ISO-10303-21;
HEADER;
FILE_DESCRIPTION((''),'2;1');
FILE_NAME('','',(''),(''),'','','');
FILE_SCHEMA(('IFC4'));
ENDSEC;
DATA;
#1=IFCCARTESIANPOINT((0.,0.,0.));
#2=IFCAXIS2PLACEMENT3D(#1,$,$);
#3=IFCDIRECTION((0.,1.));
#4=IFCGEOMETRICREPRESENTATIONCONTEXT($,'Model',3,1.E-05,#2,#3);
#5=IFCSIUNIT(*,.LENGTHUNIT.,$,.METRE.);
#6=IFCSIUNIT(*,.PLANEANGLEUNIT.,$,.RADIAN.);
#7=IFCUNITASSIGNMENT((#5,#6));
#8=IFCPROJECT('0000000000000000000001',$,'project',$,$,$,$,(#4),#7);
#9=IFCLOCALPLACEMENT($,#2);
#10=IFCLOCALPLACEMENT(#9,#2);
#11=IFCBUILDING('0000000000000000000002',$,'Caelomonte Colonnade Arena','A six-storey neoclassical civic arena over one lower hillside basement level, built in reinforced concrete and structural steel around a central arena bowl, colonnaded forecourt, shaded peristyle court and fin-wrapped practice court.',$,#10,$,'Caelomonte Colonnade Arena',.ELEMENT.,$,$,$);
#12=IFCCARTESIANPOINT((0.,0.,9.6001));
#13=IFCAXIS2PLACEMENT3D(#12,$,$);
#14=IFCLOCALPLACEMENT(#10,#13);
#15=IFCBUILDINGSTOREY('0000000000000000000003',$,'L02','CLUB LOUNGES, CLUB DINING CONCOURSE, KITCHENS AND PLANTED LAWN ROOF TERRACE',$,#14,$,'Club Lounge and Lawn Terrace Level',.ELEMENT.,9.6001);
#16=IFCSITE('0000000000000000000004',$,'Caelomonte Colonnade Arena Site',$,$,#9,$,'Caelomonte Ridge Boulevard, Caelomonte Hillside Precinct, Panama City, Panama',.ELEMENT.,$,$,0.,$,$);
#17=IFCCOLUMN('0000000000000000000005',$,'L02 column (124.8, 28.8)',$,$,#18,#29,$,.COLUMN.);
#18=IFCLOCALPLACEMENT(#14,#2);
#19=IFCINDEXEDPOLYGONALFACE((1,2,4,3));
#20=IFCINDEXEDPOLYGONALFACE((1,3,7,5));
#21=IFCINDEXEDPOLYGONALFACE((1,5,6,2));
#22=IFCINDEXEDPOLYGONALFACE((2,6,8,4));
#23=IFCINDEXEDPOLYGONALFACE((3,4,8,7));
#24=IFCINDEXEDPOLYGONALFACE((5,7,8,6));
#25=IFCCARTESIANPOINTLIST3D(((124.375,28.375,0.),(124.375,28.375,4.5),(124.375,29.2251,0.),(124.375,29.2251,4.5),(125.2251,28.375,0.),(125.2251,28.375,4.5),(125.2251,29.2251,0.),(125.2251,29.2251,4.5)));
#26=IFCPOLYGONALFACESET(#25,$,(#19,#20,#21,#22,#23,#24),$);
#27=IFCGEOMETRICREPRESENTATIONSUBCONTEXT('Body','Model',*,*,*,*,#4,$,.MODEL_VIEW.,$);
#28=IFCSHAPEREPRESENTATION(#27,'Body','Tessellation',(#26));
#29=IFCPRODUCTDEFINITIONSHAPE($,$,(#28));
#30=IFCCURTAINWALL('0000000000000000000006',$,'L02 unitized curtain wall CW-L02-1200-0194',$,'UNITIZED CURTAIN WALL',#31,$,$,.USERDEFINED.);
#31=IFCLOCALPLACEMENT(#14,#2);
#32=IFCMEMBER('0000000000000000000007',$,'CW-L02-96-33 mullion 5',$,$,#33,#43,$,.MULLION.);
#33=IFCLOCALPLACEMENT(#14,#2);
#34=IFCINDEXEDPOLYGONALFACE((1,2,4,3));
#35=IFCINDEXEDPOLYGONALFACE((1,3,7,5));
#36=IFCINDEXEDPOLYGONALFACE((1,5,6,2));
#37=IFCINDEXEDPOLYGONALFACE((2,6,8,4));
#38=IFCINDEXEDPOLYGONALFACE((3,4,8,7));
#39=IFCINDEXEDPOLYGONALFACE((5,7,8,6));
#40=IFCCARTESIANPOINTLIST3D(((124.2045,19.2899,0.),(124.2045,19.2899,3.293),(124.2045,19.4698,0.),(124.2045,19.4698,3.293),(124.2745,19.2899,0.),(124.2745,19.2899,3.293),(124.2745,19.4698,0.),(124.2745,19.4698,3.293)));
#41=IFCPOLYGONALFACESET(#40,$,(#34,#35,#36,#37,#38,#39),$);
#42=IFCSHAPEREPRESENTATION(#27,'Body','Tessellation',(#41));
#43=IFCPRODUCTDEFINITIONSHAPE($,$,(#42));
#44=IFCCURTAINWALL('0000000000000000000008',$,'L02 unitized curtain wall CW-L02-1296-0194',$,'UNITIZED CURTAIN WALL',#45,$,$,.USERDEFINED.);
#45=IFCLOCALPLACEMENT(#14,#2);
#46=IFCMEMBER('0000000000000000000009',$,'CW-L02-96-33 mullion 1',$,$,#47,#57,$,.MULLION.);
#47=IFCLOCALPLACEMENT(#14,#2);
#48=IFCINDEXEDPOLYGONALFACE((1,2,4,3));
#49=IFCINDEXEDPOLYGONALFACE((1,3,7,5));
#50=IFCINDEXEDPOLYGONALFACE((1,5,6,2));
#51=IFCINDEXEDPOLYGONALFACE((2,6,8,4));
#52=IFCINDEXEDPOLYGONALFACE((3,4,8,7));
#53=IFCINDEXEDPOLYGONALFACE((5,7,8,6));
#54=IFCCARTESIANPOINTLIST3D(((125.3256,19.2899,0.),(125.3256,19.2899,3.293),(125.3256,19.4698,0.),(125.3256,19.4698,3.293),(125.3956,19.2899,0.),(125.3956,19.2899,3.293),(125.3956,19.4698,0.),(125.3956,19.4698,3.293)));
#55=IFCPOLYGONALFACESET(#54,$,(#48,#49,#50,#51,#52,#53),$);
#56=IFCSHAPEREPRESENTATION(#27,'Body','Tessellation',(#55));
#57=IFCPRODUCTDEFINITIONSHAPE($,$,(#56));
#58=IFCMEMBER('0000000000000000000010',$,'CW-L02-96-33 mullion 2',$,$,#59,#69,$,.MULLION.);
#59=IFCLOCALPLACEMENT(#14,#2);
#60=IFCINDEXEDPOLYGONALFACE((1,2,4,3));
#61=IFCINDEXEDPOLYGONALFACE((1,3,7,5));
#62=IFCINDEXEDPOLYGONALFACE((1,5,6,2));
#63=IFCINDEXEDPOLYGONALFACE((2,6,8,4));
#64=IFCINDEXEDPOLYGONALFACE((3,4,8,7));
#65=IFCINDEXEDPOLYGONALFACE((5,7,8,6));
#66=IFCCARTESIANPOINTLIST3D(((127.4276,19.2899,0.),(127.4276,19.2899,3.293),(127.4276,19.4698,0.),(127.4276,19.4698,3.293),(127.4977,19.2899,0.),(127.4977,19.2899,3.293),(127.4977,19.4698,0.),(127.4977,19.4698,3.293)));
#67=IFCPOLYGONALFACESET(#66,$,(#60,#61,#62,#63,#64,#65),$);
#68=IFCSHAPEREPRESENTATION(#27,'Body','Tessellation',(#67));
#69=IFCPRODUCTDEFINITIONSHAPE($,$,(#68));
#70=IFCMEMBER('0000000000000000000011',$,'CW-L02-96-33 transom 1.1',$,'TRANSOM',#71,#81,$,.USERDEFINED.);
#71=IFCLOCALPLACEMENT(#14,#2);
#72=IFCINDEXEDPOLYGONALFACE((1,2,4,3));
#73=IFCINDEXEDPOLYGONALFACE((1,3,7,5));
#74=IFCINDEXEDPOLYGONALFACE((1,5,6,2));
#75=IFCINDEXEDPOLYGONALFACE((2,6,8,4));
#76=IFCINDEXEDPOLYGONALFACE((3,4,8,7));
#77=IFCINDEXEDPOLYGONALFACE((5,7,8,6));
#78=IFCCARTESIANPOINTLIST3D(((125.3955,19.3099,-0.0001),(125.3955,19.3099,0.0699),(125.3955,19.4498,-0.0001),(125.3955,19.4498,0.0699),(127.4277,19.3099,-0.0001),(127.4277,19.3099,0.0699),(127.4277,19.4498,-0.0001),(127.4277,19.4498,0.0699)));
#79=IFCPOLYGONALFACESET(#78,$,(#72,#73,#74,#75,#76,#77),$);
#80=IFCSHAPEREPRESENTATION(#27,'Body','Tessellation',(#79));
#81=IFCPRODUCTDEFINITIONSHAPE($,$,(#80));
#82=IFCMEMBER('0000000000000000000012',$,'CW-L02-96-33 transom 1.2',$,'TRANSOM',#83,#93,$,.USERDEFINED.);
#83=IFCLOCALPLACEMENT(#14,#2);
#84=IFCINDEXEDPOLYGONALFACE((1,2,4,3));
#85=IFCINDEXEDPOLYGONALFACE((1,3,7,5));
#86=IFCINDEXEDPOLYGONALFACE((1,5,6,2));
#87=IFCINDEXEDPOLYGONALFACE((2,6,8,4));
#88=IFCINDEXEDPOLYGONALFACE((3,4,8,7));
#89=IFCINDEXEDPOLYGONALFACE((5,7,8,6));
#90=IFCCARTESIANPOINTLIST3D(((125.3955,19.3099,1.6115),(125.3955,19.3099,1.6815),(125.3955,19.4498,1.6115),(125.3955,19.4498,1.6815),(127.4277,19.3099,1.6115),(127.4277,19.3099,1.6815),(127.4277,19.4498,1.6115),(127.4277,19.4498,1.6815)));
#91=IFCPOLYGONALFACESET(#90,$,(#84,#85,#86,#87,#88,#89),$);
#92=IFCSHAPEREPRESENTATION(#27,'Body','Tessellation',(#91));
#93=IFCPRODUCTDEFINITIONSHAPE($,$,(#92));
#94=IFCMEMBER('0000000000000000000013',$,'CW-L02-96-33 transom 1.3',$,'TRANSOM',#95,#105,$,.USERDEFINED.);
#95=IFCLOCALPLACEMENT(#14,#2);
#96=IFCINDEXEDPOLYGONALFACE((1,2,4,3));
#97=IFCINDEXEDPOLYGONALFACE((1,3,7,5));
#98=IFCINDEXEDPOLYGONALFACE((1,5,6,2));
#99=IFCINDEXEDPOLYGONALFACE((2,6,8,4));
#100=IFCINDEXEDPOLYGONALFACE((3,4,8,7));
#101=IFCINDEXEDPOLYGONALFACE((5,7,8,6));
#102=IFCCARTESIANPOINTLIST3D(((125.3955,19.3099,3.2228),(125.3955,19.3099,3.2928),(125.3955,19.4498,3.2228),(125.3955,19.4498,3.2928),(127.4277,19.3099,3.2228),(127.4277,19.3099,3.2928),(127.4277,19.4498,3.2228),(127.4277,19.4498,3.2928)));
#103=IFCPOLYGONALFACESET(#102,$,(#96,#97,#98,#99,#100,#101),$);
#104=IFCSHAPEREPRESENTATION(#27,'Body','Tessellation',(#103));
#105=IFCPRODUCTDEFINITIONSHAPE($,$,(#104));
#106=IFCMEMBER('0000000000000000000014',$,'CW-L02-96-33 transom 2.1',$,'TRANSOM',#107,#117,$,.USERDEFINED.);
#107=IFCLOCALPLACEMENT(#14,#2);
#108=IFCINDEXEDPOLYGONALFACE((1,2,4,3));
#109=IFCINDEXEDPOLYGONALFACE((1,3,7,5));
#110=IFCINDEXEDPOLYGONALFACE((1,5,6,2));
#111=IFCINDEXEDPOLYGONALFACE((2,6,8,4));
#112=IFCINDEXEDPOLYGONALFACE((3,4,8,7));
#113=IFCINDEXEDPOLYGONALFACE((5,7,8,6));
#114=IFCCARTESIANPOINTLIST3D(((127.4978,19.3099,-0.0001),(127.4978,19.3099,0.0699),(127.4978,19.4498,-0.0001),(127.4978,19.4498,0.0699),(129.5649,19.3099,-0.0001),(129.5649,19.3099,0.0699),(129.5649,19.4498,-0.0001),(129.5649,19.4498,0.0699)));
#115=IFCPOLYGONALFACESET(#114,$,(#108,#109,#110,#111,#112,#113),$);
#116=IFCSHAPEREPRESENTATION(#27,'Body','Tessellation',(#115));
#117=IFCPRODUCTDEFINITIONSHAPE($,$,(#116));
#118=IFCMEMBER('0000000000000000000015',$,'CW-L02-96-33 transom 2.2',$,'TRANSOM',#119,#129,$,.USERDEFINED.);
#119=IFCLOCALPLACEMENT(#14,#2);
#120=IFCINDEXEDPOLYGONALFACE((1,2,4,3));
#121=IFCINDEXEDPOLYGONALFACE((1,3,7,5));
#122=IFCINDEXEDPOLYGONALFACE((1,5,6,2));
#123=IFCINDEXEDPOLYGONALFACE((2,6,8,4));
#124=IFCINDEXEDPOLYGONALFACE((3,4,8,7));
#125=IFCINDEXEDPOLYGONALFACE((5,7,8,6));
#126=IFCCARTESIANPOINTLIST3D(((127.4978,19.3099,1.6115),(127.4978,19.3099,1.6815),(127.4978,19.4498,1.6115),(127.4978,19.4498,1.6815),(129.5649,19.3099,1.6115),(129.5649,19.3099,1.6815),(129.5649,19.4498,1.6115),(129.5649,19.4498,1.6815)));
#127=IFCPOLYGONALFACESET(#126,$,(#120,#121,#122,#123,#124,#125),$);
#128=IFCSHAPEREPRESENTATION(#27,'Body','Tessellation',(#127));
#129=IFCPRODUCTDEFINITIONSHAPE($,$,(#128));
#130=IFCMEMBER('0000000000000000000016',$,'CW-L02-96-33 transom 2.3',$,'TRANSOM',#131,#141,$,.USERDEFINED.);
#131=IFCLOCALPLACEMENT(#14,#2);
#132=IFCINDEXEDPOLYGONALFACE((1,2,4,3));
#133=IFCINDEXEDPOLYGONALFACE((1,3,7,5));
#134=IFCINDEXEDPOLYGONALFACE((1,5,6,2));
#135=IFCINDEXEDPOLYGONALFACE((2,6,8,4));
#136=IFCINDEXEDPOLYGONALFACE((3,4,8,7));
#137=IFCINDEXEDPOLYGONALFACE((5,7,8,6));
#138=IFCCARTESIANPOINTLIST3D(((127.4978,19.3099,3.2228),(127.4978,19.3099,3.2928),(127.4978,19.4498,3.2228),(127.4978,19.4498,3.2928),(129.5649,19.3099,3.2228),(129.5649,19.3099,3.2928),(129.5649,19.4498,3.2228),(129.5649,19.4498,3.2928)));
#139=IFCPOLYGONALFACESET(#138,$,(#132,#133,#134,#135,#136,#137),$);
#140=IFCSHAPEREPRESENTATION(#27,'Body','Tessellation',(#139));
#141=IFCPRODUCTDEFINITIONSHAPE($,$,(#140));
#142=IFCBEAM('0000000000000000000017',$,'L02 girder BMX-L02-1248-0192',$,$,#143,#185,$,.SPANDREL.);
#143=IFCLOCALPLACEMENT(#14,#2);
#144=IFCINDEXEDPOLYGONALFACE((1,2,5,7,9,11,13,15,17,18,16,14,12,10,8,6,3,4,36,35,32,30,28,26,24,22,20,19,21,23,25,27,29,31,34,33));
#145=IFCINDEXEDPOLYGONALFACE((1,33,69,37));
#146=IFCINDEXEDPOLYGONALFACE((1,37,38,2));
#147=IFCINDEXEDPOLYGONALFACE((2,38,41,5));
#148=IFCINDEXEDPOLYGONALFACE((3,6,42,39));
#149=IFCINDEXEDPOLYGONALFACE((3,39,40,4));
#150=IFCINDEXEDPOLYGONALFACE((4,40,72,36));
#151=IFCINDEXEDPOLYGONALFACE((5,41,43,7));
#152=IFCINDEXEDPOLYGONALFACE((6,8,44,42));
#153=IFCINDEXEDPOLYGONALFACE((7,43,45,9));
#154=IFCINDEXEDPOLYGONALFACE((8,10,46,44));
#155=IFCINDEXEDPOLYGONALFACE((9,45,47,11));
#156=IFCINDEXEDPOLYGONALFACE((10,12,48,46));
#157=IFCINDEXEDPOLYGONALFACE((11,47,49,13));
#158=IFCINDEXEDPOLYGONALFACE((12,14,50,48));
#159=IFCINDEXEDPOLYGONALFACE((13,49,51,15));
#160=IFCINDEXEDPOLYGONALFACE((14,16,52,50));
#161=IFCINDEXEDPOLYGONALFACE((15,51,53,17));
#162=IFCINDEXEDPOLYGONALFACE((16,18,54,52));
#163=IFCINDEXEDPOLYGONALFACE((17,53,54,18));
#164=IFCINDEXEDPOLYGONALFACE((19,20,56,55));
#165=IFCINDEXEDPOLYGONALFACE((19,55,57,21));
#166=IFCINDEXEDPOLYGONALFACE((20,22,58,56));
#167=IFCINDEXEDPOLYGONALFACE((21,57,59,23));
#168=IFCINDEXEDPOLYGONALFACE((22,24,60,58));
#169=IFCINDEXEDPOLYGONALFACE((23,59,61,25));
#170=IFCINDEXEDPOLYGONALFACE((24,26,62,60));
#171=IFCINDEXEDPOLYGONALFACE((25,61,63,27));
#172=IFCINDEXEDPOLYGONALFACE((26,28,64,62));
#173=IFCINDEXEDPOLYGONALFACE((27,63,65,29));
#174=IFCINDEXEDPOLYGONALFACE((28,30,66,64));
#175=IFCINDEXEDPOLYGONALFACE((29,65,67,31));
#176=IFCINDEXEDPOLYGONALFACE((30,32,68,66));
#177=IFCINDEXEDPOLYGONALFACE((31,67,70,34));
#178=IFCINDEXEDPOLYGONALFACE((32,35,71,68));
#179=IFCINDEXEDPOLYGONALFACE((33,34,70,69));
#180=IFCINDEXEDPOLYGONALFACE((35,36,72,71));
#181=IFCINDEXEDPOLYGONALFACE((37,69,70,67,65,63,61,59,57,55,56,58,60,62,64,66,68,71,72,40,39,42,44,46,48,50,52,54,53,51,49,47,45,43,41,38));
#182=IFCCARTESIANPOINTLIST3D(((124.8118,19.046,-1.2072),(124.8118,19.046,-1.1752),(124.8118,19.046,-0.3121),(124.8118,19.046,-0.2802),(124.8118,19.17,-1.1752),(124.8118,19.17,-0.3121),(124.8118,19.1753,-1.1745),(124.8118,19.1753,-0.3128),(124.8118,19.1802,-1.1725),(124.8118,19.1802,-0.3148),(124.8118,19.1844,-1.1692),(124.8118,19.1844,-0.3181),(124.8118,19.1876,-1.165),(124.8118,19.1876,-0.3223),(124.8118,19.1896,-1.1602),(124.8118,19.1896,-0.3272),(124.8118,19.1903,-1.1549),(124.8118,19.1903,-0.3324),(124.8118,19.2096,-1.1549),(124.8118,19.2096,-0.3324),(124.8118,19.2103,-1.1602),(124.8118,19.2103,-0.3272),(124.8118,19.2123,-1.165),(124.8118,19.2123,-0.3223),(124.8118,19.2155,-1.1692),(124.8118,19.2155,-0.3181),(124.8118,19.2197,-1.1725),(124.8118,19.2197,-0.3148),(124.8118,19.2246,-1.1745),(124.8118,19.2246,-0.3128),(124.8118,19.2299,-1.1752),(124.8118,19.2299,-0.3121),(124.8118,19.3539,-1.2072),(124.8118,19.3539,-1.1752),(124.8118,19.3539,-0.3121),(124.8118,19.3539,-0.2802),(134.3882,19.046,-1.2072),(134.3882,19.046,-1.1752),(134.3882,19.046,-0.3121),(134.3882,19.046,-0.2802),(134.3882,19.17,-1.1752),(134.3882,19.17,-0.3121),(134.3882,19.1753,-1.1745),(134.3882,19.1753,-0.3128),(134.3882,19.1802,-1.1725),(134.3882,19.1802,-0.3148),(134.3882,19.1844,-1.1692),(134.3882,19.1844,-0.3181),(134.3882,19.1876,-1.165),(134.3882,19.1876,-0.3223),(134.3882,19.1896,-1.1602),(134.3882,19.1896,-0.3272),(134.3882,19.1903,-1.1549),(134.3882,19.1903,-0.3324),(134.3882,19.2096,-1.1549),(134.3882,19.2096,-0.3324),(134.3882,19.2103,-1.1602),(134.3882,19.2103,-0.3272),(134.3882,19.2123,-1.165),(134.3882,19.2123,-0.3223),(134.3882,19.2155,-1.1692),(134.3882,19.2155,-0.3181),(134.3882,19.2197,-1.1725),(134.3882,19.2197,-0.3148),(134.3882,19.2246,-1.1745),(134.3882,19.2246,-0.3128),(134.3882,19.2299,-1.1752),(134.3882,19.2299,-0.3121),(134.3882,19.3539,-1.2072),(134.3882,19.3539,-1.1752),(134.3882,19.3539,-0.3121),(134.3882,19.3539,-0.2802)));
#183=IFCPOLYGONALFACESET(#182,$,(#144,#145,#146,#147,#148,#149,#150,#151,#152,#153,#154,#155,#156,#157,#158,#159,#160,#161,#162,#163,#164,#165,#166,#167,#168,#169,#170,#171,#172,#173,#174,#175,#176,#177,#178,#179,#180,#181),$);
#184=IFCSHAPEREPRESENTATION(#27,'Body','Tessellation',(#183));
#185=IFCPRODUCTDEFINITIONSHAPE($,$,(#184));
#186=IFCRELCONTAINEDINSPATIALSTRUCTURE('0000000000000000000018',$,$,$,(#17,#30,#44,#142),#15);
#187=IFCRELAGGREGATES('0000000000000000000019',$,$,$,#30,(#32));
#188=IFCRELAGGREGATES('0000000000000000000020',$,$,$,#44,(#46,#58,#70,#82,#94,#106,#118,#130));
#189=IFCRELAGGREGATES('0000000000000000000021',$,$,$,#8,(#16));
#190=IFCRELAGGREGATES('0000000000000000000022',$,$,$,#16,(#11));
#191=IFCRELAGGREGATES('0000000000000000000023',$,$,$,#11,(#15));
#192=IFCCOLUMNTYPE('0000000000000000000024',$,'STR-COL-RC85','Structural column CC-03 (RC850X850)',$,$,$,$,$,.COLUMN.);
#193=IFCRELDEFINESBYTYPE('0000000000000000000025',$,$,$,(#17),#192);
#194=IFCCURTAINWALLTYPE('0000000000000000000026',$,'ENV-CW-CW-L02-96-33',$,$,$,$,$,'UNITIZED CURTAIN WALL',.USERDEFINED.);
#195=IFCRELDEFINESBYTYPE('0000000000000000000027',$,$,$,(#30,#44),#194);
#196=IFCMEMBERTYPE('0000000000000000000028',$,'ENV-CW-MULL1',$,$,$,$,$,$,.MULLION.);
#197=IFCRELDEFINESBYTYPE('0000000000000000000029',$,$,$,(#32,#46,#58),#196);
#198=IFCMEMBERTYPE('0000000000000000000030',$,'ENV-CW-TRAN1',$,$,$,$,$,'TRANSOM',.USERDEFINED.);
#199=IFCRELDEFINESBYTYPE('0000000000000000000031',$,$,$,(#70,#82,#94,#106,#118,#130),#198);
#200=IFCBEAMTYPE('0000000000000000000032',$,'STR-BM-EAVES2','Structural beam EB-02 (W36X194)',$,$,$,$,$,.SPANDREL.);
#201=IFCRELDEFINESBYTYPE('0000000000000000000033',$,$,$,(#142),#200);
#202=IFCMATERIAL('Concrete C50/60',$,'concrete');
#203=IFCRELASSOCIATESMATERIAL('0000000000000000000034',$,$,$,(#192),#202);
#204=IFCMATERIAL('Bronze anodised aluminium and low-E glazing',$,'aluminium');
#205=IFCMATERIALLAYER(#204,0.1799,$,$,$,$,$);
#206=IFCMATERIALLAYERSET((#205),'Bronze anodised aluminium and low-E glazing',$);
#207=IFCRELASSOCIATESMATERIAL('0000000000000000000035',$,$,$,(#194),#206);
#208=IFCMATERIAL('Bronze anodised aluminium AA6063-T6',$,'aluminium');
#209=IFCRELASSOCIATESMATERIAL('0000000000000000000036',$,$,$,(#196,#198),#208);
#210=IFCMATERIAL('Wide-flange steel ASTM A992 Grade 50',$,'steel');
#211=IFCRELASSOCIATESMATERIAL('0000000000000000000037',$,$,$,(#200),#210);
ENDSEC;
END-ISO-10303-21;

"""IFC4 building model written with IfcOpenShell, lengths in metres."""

from ifc_helpers import new_model, si_unit, direction, frame, origin, origin_2d, place, context, subcontext, project, spatial, rectangle, i_section, extrude, material, layer, layer_set, material_profile, profile_set, type_object, element, aggregate, save


model = new_model("IFC4")

# Units and contexts
model_context = context("Model", 3, precision=1e-05, world=origin(), true_north=direction((0.0, 1.0)))
body_context = subcontext(model_context, "Body", "Model", "MODEL_VIEW")
ifc_project = project(units=[si_unit("LENGTHUNIT", "METRE"), si_unit("PLANEANGLEUNIT", "RADIAN")], contexts=[model_context])

# Site, building, storey
site_placement = place(None, origin())
site = spatial("IfcSite", under=ifc_project, at=site_placement, Name="Caelomonte Colonnade Arena Site", LongName="Caelomonte Ridge Boulevard, Caelomonte Hillside Precinct, Panama City, Panama", CompositionType="ELEMENT", RefElevation=0.0)
building_placement = place(site_placement, origin())
building = spatial("IfcBuilding", under=site, at=building_placement, Name="Caelomonte Colonnade Arena", Description="A six-storey neoclassical civic arena over one lower hillside basement level, built in reinforced concrete and structural steel around a central arena bowl, colonnaded forecourt, shaded peristyle court and fin-wrapped practice court.", LongName="Caelomonte Colonnade Arena", CompositionType="ELEMENT")
storey_placement = place(building_placement, frame((0.0, 0.0, 9.6001)))
storey = spatial("IfcBuildingStorey", under=building, at=storey_placement, Name="L02", Description="CLUB LOUNGES, CLUB DINING CONCOURSE, KITCHENS AND PLANTED LAWN ROOF TERRACE", LongName="Club Lounge and Lawn Terrace Level", CompositionType="ELEMENT", Elevation=9.6001)

# Column
ifc_material_1 = material(Name="Concrete C50/60", Category="concrete")
ifc_material_profile_1 = material_profile(ifc_material_1, rectangle(XDim=0.8501, YDim=0.8501, at=origin_2d()), Name="RC850X850")
ifc_profile_set_1 = profile_set([ifc_material_profile_1], Name="Concrete C50/60")
column_type = type_object("IfcColumnType", Name="STR-COL-RC85", Description="Structural column CC-03 (RC850X850)", PredefinedType="COLUMN", material=ifc_profile_set_1)
column_placement = place(storey_placement, frame((124.8, 28.8, 0.0), z_axis=(0.0, 0.0, 1.0), x_axis=(1.0, 0.0, 0.0)))
element("IfcColumn", 1, at=column_placement, inside=storey, type_object=column_type, Name="L02 column (124.8, 28.8)", PredefinedType="COLUMN", context=body_context, shape_type="SweptSolid", body=[
    extrude(rectangle(XDim=0.8501, YDim=0.8501, at=origin_2d()), origin(), (0.0, 0.0, 1.0), 4.5),
])

# Curtain wall, member
ifc_material_2 = material(Name="Bronze anodised aluminium and low-E glazing", Category="aluminium")
ifc_layer_1 = layer(ifc_material_2, 0.1799)
ifc_layer_set_1 = layer_set([ifc_layer_1], Name="Bronze anodised aluminium and low-E glazing")
curtain_wall_type = type_object("IfcCurtainWallType", Name="ENV-CW-CW-L02-96-33", ElementType="UNITIZED CURTAIN WALL", PredefinedType="USERDEFINED", material=ifc_layer_set_1)
curtain_wall_1_placement = place(storey_placement, origin())
curtain_wall_1 = element("IfcCurtainWall", 2, at=curtain_wall_1_placement, inside=storey, type_object=curtain_wall_type, Name="L02 unitized curtain wall CW-L02-1200-0194", ObjectType="UNITIZED CURTAIN WALL", PredefinedType="USERDEFINED")
ifc_material_3 = material(Name="Bronze anodised aluminium AA6063-T6", Category="aluminium")
ifc_material_profile_2 = material_profile(ifc_material_3, rectangle(XDim=0.0701, YDim=0.1799, at=origin_2d()), Name="CWM-70X180")
ifc_profile_set_2 = profile_set([ifc_material_profile_2], Name="Bronze anodised aluminium AA6063-T6")
member_type_1 = type_object("IfcMemberType", Name="ENV-CW-MULL1", PredefinedType="MULLION", material=ifc_profile_set_2)
member_1_placement = place(storey_placement, frame((124.2395, 19.3799, 0.0), z_axis=(0.0, 0.0, 1.0), x_axis=(1.0, 0.0, 0.0)))
member_1 = element("IfcMember", 3, at=member_1_placement, type_object=member_type_1, Name="CW-L02-96-33 mullion 5", PredefinedType="MULLION", context=body_context, shape_type="SweptSolid", body=[
    extrude(rectangle(XDim=0.0701, YDim=0.1799, at=origin_2d()), origin(), (0.0, 0.0, 1.0), 3.293),
])

# Curtain wall, members
curtain_wall_2_placement = place(storey_placement, origin())
curtain_wall_2 = element("IfcCurtainWall", 4, at=curtain_wall_2_placement, inside=storey, type_object=curtain_wall_type, Name="L02 unitized curtain wall CW-L02-1296-0194", ObjectType="UNITIZED CURTAIN WALL", PredefinedType="USERDEFINED")
member_2_placement = place(storey_placement, frame((125.3606, 19.3799, 0.0), z_axis=(0.0, 0.0, 1.0), x_axis=(1.0, 0.0, 0.0)))
member_2 = element("IfcMember", 5, at=member_2_placement, type_object=member_type_1, Name="CW-L02-96-33 mullion 1", PredefinedType="MULLION", context=body_context, shape_type="SweptSolid", body=[
    extrude(rectangle(XDim=0.0701, YDim=0.1799, at=origin_2d()), origin(), (0.0, 0.0, 1.0), 3.293),
])
member_3_placement = place(storey_placement, frame((127.4626, 19.3799, 0.0), z_axis=(0.0, 0.0, 1.0), x_axis=(1.0, 0.0, 0.0)))
member_3 = element("IfcMember", 6, at=member_3_placement, type_object=member_type_1, Name="CW-L02-96-33 mullion 2", PredefinedType="MULLION", context=body_context, shape_type="SweptSolid", body=[
    extrude(rectangle(XDim=0.0701, YDim=0.1799, at=origin_2d()), origin(), (0.0, 0.0, 1.0), 3.293),
])
ifc_material_profile_3 = material_profile(ifc_material_3, rectangle(XDim=0.0701, YDim=0.1399, at=origin_2d()), Name="CWT-70X140")
ifc_profile_set_3 = profile_set([ifc_material_profile_3], Name="Bronze anodised aluminium AA6063-T6")
member_type_2 = type_object("IfcMemberType", Name="ENV-CW-TRAN1", ElementType="TRANSOM", PredefinedType="USERDEFINED", material=ifc_profile_set_3)
member_4_placement = place(storey_placement, frame((125.3955, 19.3799, 0.0349), z_axis=(1.0, 0.0, 0.0), x_axis=(0.0, 0.0, 1.0)))
member_4 = element("IfcMember", 7, at=member_4_placement, type_object=member_type_2, Name="CW-L02-96-33 transom 1.1", ObjectType="TRANSOM", PredefinedType="USERDEFINED", context=body_context, shape_type="SweptSolid", body=[
    extrude(rectangle(XDim=0.0701, YDim=0.1399, at=origin_2d()), origin(), (0.0, 0.0, 1.0), 2.0322),
])
member_5_placement = place(storey_placement, frame((125.3955, 19.3799, 1.6465), z_axis=(1.0, 0.0, 0.0), x_axis=(0.0, 0.0, 1.0)))
member_5 = element("IfcMember", 8, at=member_5_placement, type_object=member_type_2, Name="CW-L02-96-33 transom 1.2", ObjectType="TRANSOM", PredefinedType="USERDEFINED", context=body_context, shape_type="SweptSolid", body=[
    extrude(rectangle(XDim=0.0701, YDim=0.1399, at=origin_2d()), origin(), (0.0, 0.0, 1.0), 2.0322),
])
member_6_placement = place(storey_placement, frame((125.3955, 19.3799, 3.2578), z_axis=(1.0, 0.0, 0.0), x_axis=(0.0, 0.0, 1.0)))
member_6 = element("IfcMember", 9, at=member_6_placement, type_object=member_type_2, Name="CW-L02-96-33 transom 1.3", ObjectType="TRANSOM", PredefinedType="USERDEFINED", context=body_context, shape_type="SweptSolid", body=[
    extrude(rectangle(XDim=0.0701, YDim=0.1399, at=origin_2d()), origin(), (0.0, 0.0, 1.0), 2.0322),
])
member_7_placement = place(storey_placement, frame((127.4978, 19.3799, 0.0349), z_axis=(1.0, 0.0, 0.0), x_axis=(0.0, 0.0, 1.0)))
member_7 = element("IfcMember", 10, at=member_7_placement, type_object=member_type_2, Name="CW-L02-96-33 transom 2.1", ObjectType="TRANSOM", PredefinedType="USERDEFINED", context=body_context, shape_type="SweptSolid", body=[
    extrude(rectangle(XDim=0.0701, YDim=0.1399, at=origin_2d()), origin(), (0.0, 0.0, 1.0), 2.0671),
])
member_8_placement = place(storey_placement, frame((127.4978, 19.3799, 1.6465), z_axis=(1.0, 0.0, 0.0), x_axis=(0.0, 0.0, 1.0)))
member_8 = element("IfcMember", 11, at=member_8_placement, type_object=member_type_2, Name="CW-L02-96-33 transom 2.2", ObjectType="TRANSOM", PredefinedType="USERDEFINED", context=body_context, shape_type="SweptSolid", body=[
    extrude(rectangle(XDim=0.0701, YDim=0.1399, at=origin_2d()), origin(), (0.0, 0.0, 1.0), 2.0671),
])
member_9_placement = place(storey_placement, frame((127.4978, 19.3799, 3.2578), z_axis=(1.0, 0.0, 0.0), x_axis=(0.0, 0.0, 1.0)))
member_9 = element("IfcMember", 12, at=member_9_placement, type_object=member_type_2, Name="CW-L02-96-33 transom 2.3", ObjectType="TRANSOM", PredefinedType="USERDEFINED", context=body_context, shape_type="SweptSolid", body=[
    extrude(rectangle(XDim=0.0701, YDim=0.1399, at=origin_2d()), origin(), (0.0, 0.0, 1.0), 2.0671),
])

# Beam
ifc_material_4 = material(Name="Wide-flange steel ASTM A992 Grade 50", Category="steel")
ifc_material_profile_4 = material_profile(ifc_material_4, i_section(OverallWidth=0.3079, OverallDepth=0.927, WebThickness=0.0193, FlangeThickness=0.032, FilletRadius=0.0203, at=origin_2d()), Name="W36X194")
ifc_profile_set_4 = profile_set([ifc_material_profile_4], Name="Wide-flange steel ASTM A992 Grade 50")
beam_type_1 = type_object("IfcBeamType", Name="STR-BM-EAVES2", Description="Structural beam EB-02 (W36X194)", PredefinedType="SPANDREL", material=ifc_profile_set_4)
beam_1_placement = place(storey_placement, frame((124.8118, 19.2, -0.7437), z_axis=(1.0, 0.0, 0.0), x_axis=(0.0, 1.0, 0.0)))
element("IfcBeam", 13, at=beam_1_placement, inside=storey, type_object=beam_type_1, Name="L02 girder BMX-L02-1248-0192", PredefinedType="SPANDREL", context=body_context, shape_type="SweptSolid", body=[
    extrude(i_section(OverallWidth=0.3079, OverallDepth=0.927, WebThickness=0.0193, FlangeThickness=0.032, FilletRadius=0.0203, at=origin_2d()), origin(), (0.0, 0.0, 1.0), 9.5764),
])

aggregate(curtain_wall_1, [member_1])
aggregate(curtain_wall_2, [member_2, member_3, member_4, member_5, member_6, member_7, member_8, member_9])

save(model, "model.ifc")
